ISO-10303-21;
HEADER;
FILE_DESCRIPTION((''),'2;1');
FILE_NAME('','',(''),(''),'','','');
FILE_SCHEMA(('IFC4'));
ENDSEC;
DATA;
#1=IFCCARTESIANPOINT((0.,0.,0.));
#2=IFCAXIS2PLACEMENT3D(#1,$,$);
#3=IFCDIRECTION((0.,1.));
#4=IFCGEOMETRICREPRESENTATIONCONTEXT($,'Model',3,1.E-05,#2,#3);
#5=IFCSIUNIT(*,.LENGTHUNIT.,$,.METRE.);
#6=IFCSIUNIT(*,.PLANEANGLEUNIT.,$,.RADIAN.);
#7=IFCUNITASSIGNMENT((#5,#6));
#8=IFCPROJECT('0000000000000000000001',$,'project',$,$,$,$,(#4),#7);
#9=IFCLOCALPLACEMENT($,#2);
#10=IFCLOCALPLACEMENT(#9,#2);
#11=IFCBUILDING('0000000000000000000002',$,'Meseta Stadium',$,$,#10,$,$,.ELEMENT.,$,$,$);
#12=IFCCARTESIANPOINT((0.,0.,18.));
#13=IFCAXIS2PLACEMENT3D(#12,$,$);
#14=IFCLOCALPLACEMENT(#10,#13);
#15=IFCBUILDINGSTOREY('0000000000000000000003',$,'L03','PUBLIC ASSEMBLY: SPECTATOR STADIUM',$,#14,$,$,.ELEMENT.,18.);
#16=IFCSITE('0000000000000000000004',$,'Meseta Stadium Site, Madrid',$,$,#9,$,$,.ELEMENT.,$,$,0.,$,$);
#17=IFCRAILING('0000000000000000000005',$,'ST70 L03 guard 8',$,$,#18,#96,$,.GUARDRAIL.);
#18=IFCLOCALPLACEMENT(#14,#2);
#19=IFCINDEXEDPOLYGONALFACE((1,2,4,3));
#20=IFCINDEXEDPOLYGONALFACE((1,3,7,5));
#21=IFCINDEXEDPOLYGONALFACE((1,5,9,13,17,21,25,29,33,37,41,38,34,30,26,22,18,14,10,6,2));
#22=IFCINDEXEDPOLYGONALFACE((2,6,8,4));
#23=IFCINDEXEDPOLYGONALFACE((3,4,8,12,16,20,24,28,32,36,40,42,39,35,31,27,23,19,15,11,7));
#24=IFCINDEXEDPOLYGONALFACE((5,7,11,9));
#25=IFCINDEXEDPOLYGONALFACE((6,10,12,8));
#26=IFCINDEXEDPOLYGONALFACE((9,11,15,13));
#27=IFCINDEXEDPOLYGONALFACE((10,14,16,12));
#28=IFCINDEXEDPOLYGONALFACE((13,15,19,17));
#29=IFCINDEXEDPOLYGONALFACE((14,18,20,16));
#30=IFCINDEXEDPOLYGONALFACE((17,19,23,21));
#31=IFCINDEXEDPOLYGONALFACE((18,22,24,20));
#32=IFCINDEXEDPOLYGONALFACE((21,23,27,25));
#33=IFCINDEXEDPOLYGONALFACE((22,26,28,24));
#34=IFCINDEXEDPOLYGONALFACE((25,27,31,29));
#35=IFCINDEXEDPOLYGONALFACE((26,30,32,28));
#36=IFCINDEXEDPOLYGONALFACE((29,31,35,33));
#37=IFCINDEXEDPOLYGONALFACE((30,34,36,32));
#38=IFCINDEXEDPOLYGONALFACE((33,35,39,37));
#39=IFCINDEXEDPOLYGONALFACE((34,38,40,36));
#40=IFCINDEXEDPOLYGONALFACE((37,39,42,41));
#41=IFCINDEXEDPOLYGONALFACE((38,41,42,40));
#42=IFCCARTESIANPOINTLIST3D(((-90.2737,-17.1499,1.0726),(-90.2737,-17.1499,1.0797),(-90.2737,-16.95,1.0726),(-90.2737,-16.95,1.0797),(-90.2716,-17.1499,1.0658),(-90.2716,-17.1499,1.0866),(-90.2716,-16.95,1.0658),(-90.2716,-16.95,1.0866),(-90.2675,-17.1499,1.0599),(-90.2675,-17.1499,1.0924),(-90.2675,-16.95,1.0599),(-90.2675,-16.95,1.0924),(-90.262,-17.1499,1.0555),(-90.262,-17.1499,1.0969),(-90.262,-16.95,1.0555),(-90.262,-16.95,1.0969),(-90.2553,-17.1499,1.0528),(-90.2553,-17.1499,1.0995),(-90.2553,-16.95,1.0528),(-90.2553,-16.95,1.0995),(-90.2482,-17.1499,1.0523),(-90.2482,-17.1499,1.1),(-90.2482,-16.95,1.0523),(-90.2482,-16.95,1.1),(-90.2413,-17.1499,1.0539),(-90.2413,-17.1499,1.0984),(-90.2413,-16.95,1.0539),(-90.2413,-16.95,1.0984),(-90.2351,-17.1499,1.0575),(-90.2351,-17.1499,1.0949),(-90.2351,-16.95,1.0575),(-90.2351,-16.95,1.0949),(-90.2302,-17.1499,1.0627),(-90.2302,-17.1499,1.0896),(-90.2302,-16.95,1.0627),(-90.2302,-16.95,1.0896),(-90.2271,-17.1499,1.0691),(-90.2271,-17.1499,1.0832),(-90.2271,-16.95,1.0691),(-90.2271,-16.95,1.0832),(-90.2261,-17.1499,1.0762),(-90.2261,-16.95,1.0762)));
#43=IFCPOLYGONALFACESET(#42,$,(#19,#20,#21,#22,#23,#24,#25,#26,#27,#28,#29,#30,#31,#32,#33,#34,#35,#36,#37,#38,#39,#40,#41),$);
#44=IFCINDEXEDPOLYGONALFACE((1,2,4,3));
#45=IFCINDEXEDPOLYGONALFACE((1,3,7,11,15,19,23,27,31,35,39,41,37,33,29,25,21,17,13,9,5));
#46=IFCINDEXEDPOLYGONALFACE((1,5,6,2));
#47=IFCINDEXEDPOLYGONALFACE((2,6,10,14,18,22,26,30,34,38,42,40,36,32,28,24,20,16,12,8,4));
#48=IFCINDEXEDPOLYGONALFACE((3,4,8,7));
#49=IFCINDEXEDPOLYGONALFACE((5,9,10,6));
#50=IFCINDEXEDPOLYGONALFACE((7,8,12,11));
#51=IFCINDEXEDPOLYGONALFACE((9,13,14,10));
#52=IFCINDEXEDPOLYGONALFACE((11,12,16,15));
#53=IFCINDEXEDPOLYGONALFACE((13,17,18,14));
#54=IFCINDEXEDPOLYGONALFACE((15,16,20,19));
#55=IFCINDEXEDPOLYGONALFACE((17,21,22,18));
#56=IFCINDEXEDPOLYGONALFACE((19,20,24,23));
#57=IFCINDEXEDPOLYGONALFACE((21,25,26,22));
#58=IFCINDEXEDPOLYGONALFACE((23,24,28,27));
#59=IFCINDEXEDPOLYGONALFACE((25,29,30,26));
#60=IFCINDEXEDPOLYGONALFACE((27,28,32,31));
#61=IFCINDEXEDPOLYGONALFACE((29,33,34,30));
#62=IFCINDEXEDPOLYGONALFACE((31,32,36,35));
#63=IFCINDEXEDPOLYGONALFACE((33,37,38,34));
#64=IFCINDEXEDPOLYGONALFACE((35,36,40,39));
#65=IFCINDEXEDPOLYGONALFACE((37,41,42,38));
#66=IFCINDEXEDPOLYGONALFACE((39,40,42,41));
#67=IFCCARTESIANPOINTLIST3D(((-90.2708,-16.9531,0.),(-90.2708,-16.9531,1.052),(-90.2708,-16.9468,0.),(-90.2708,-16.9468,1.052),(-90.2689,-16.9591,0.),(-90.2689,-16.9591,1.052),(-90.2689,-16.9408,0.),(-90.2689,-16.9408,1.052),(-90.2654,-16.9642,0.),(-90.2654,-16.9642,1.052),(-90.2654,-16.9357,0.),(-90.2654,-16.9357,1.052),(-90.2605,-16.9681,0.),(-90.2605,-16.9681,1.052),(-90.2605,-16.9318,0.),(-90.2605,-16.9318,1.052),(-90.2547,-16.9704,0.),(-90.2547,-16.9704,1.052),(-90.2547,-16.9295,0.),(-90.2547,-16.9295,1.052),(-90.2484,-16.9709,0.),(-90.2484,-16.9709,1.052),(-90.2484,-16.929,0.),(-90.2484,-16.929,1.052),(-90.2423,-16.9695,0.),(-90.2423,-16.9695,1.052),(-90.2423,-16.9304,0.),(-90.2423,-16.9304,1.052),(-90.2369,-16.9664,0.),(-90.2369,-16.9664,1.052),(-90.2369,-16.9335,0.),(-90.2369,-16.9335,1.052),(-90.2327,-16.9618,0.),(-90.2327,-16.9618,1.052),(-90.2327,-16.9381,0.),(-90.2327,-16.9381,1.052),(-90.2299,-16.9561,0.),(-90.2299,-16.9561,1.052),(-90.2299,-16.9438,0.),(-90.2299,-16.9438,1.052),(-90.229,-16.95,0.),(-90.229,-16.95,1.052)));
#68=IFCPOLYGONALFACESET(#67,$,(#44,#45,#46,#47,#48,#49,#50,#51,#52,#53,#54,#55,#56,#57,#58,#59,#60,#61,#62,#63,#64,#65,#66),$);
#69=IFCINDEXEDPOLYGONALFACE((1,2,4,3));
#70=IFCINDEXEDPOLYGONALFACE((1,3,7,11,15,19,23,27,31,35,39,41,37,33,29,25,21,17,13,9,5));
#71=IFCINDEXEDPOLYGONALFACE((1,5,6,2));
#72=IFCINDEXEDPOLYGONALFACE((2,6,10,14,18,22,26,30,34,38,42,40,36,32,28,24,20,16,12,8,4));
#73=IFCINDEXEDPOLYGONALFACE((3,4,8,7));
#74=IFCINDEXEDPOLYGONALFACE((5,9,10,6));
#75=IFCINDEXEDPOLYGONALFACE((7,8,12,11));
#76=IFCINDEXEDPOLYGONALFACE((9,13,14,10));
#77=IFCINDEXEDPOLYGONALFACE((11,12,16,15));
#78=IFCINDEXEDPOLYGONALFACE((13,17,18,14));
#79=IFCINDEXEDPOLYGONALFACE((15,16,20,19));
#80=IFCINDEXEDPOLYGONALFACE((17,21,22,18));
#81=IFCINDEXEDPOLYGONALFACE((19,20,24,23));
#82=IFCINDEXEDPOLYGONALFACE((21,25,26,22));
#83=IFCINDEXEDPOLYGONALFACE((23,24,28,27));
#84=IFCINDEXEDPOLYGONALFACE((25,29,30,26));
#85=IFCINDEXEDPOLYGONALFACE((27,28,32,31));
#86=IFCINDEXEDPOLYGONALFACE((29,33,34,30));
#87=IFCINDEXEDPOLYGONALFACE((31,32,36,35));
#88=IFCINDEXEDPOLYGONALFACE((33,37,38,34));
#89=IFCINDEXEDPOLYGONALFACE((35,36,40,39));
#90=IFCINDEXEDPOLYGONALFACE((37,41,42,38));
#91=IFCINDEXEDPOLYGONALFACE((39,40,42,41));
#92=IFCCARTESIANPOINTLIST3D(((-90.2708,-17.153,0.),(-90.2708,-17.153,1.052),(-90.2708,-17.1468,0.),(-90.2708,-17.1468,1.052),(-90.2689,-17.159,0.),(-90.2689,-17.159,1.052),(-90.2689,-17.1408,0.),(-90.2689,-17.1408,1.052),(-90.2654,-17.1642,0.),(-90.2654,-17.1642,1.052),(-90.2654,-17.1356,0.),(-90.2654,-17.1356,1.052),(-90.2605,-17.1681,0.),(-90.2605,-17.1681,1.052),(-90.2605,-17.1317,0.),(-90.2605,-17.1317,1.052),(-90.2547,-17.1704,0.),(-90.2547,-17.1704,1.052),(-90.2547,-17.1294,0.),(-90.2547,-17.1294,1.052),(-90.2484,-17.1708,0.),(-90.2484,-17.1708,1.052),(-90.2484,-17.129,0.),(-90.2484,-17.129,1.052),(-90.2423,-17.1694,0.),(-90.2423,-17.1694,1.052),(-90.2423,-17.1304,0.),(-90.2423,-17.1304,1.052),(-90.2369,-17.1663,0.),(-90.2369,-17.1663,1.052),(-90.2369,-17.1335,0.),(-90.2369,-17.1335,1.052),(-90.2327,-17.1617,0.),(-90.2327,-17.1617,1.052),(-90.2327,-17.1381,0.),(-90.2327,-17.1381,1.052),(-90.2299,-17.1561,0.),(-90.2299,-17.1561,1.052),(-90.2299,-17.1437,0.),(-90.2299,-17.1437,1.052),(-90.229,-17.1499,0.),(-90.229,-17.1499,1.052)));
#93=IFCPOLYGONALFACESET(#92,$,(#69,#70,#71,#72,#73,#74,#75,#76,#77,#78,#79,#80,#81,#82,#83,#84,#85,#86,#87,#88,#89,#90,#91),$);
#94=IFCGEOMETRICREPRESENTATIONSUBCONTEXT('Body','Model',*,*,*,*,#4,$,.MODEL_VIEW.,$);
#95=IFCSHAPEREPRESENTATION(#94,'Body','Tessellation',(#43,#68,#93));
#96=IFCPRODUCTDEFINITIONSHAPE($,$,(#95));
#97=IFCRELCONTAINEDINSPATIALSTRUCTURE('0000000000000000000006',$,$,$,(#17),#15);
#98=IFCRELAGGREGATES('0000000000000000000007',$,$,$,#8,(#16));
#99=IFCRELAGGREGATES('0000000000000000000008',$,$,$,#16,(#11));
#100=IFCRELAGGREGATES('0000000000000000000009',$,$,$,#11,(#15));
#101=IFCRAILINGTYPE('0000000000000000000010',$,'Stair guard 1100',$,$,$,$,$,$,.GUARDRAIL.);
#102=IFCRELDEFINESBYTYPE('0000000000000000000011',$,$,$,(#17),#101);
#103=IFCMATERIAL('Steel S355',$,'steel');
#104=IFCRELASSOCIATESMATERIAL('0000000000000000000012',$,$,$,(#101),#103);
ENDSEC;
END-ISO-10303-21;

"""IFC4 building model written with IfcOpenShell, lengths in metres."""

from ifc_helpers import new_model, si_unit, direction, frame, origin, origin_2d, place, context, subcontext, project, spatial, circle, extrude, material, type_object, element, save


model = new_model("IFC4")

# Units and contexts
model_context = context("Model", 3, precision=1e-05, world=origin(), true_north=direction((0.0, 1.0)))
body_context = subcontext(model_context, "Body", "Model", "MODEL_VIEW")
ifc_project = project(units=[si_unit("LENGTHUNIT", "METRE"), si_unit("PLANEANGLEUNIT", "RADIAN")], contexts=[model_context])

# Site, building, storey
site_placement = place(None, origin())
site = spatial("IfcSite", under=ifc_project, at=site_placement, Name="Meseta Stadium Site, Madrid", CompositionType="ELEMENT", RefElevation=0.0)
building_placement = place(site_placement, origin())
building = spatial("IfcBuilding", under=site, at=building_placement, Name="Meseta Stadium", CompositionType="ELEMENT")
storey_placement = place(building_placement, frame((0.0, 0.0, 18.0)))
storey = spatial("IfcBuildingStorey", under=building, at=storey_placement, Name="L03", Description="PUBLIC ASSEMBLY: SPECTATOR STADIUM", CompositionType="ELEMENT", Elevation=18.0)

# Railing
ifc_material_1 = material(Name="Steel S355", Category="steel")
railing_type_1 = type_object("IfcRailingType", Name="Stair guard 1100", PredefinedType="GUARDRAIL", material=ifc_material_1)
railing_1_placement = place(storey_placement, frame((-90.25, -16.95, 0.0)))
element("IfcRailing", 1, at=railing_1_placement, inside=storey, type_object=railing_type_1, Name="ST70 L03 guard 8", PredefinedType="GUARDRAIL", context=body_context, shape_type="SweptSolid", body=[
    extrude(circle(Radius=0.0239, at=origin_2d()), frame((0.0, 0.0, 1.0762), z_axis=(0.0, -1.0, 0.0), x_axis=(1.0, 0.0, 0.0)), (0.0, 0.0, 1.0), 0.2),
    extrude(circle(Radius=0.021, at=origin_2d()), origin(), (0.0, 0.0, 1.0), 1.052),
    extrude(circle(Radius=0.021, at=origin_2d()), frame((0.0, -0.2, 0.0)), (0.0, 0.0, 1.0), 1.052),
])

save(model, "model.ifc")
